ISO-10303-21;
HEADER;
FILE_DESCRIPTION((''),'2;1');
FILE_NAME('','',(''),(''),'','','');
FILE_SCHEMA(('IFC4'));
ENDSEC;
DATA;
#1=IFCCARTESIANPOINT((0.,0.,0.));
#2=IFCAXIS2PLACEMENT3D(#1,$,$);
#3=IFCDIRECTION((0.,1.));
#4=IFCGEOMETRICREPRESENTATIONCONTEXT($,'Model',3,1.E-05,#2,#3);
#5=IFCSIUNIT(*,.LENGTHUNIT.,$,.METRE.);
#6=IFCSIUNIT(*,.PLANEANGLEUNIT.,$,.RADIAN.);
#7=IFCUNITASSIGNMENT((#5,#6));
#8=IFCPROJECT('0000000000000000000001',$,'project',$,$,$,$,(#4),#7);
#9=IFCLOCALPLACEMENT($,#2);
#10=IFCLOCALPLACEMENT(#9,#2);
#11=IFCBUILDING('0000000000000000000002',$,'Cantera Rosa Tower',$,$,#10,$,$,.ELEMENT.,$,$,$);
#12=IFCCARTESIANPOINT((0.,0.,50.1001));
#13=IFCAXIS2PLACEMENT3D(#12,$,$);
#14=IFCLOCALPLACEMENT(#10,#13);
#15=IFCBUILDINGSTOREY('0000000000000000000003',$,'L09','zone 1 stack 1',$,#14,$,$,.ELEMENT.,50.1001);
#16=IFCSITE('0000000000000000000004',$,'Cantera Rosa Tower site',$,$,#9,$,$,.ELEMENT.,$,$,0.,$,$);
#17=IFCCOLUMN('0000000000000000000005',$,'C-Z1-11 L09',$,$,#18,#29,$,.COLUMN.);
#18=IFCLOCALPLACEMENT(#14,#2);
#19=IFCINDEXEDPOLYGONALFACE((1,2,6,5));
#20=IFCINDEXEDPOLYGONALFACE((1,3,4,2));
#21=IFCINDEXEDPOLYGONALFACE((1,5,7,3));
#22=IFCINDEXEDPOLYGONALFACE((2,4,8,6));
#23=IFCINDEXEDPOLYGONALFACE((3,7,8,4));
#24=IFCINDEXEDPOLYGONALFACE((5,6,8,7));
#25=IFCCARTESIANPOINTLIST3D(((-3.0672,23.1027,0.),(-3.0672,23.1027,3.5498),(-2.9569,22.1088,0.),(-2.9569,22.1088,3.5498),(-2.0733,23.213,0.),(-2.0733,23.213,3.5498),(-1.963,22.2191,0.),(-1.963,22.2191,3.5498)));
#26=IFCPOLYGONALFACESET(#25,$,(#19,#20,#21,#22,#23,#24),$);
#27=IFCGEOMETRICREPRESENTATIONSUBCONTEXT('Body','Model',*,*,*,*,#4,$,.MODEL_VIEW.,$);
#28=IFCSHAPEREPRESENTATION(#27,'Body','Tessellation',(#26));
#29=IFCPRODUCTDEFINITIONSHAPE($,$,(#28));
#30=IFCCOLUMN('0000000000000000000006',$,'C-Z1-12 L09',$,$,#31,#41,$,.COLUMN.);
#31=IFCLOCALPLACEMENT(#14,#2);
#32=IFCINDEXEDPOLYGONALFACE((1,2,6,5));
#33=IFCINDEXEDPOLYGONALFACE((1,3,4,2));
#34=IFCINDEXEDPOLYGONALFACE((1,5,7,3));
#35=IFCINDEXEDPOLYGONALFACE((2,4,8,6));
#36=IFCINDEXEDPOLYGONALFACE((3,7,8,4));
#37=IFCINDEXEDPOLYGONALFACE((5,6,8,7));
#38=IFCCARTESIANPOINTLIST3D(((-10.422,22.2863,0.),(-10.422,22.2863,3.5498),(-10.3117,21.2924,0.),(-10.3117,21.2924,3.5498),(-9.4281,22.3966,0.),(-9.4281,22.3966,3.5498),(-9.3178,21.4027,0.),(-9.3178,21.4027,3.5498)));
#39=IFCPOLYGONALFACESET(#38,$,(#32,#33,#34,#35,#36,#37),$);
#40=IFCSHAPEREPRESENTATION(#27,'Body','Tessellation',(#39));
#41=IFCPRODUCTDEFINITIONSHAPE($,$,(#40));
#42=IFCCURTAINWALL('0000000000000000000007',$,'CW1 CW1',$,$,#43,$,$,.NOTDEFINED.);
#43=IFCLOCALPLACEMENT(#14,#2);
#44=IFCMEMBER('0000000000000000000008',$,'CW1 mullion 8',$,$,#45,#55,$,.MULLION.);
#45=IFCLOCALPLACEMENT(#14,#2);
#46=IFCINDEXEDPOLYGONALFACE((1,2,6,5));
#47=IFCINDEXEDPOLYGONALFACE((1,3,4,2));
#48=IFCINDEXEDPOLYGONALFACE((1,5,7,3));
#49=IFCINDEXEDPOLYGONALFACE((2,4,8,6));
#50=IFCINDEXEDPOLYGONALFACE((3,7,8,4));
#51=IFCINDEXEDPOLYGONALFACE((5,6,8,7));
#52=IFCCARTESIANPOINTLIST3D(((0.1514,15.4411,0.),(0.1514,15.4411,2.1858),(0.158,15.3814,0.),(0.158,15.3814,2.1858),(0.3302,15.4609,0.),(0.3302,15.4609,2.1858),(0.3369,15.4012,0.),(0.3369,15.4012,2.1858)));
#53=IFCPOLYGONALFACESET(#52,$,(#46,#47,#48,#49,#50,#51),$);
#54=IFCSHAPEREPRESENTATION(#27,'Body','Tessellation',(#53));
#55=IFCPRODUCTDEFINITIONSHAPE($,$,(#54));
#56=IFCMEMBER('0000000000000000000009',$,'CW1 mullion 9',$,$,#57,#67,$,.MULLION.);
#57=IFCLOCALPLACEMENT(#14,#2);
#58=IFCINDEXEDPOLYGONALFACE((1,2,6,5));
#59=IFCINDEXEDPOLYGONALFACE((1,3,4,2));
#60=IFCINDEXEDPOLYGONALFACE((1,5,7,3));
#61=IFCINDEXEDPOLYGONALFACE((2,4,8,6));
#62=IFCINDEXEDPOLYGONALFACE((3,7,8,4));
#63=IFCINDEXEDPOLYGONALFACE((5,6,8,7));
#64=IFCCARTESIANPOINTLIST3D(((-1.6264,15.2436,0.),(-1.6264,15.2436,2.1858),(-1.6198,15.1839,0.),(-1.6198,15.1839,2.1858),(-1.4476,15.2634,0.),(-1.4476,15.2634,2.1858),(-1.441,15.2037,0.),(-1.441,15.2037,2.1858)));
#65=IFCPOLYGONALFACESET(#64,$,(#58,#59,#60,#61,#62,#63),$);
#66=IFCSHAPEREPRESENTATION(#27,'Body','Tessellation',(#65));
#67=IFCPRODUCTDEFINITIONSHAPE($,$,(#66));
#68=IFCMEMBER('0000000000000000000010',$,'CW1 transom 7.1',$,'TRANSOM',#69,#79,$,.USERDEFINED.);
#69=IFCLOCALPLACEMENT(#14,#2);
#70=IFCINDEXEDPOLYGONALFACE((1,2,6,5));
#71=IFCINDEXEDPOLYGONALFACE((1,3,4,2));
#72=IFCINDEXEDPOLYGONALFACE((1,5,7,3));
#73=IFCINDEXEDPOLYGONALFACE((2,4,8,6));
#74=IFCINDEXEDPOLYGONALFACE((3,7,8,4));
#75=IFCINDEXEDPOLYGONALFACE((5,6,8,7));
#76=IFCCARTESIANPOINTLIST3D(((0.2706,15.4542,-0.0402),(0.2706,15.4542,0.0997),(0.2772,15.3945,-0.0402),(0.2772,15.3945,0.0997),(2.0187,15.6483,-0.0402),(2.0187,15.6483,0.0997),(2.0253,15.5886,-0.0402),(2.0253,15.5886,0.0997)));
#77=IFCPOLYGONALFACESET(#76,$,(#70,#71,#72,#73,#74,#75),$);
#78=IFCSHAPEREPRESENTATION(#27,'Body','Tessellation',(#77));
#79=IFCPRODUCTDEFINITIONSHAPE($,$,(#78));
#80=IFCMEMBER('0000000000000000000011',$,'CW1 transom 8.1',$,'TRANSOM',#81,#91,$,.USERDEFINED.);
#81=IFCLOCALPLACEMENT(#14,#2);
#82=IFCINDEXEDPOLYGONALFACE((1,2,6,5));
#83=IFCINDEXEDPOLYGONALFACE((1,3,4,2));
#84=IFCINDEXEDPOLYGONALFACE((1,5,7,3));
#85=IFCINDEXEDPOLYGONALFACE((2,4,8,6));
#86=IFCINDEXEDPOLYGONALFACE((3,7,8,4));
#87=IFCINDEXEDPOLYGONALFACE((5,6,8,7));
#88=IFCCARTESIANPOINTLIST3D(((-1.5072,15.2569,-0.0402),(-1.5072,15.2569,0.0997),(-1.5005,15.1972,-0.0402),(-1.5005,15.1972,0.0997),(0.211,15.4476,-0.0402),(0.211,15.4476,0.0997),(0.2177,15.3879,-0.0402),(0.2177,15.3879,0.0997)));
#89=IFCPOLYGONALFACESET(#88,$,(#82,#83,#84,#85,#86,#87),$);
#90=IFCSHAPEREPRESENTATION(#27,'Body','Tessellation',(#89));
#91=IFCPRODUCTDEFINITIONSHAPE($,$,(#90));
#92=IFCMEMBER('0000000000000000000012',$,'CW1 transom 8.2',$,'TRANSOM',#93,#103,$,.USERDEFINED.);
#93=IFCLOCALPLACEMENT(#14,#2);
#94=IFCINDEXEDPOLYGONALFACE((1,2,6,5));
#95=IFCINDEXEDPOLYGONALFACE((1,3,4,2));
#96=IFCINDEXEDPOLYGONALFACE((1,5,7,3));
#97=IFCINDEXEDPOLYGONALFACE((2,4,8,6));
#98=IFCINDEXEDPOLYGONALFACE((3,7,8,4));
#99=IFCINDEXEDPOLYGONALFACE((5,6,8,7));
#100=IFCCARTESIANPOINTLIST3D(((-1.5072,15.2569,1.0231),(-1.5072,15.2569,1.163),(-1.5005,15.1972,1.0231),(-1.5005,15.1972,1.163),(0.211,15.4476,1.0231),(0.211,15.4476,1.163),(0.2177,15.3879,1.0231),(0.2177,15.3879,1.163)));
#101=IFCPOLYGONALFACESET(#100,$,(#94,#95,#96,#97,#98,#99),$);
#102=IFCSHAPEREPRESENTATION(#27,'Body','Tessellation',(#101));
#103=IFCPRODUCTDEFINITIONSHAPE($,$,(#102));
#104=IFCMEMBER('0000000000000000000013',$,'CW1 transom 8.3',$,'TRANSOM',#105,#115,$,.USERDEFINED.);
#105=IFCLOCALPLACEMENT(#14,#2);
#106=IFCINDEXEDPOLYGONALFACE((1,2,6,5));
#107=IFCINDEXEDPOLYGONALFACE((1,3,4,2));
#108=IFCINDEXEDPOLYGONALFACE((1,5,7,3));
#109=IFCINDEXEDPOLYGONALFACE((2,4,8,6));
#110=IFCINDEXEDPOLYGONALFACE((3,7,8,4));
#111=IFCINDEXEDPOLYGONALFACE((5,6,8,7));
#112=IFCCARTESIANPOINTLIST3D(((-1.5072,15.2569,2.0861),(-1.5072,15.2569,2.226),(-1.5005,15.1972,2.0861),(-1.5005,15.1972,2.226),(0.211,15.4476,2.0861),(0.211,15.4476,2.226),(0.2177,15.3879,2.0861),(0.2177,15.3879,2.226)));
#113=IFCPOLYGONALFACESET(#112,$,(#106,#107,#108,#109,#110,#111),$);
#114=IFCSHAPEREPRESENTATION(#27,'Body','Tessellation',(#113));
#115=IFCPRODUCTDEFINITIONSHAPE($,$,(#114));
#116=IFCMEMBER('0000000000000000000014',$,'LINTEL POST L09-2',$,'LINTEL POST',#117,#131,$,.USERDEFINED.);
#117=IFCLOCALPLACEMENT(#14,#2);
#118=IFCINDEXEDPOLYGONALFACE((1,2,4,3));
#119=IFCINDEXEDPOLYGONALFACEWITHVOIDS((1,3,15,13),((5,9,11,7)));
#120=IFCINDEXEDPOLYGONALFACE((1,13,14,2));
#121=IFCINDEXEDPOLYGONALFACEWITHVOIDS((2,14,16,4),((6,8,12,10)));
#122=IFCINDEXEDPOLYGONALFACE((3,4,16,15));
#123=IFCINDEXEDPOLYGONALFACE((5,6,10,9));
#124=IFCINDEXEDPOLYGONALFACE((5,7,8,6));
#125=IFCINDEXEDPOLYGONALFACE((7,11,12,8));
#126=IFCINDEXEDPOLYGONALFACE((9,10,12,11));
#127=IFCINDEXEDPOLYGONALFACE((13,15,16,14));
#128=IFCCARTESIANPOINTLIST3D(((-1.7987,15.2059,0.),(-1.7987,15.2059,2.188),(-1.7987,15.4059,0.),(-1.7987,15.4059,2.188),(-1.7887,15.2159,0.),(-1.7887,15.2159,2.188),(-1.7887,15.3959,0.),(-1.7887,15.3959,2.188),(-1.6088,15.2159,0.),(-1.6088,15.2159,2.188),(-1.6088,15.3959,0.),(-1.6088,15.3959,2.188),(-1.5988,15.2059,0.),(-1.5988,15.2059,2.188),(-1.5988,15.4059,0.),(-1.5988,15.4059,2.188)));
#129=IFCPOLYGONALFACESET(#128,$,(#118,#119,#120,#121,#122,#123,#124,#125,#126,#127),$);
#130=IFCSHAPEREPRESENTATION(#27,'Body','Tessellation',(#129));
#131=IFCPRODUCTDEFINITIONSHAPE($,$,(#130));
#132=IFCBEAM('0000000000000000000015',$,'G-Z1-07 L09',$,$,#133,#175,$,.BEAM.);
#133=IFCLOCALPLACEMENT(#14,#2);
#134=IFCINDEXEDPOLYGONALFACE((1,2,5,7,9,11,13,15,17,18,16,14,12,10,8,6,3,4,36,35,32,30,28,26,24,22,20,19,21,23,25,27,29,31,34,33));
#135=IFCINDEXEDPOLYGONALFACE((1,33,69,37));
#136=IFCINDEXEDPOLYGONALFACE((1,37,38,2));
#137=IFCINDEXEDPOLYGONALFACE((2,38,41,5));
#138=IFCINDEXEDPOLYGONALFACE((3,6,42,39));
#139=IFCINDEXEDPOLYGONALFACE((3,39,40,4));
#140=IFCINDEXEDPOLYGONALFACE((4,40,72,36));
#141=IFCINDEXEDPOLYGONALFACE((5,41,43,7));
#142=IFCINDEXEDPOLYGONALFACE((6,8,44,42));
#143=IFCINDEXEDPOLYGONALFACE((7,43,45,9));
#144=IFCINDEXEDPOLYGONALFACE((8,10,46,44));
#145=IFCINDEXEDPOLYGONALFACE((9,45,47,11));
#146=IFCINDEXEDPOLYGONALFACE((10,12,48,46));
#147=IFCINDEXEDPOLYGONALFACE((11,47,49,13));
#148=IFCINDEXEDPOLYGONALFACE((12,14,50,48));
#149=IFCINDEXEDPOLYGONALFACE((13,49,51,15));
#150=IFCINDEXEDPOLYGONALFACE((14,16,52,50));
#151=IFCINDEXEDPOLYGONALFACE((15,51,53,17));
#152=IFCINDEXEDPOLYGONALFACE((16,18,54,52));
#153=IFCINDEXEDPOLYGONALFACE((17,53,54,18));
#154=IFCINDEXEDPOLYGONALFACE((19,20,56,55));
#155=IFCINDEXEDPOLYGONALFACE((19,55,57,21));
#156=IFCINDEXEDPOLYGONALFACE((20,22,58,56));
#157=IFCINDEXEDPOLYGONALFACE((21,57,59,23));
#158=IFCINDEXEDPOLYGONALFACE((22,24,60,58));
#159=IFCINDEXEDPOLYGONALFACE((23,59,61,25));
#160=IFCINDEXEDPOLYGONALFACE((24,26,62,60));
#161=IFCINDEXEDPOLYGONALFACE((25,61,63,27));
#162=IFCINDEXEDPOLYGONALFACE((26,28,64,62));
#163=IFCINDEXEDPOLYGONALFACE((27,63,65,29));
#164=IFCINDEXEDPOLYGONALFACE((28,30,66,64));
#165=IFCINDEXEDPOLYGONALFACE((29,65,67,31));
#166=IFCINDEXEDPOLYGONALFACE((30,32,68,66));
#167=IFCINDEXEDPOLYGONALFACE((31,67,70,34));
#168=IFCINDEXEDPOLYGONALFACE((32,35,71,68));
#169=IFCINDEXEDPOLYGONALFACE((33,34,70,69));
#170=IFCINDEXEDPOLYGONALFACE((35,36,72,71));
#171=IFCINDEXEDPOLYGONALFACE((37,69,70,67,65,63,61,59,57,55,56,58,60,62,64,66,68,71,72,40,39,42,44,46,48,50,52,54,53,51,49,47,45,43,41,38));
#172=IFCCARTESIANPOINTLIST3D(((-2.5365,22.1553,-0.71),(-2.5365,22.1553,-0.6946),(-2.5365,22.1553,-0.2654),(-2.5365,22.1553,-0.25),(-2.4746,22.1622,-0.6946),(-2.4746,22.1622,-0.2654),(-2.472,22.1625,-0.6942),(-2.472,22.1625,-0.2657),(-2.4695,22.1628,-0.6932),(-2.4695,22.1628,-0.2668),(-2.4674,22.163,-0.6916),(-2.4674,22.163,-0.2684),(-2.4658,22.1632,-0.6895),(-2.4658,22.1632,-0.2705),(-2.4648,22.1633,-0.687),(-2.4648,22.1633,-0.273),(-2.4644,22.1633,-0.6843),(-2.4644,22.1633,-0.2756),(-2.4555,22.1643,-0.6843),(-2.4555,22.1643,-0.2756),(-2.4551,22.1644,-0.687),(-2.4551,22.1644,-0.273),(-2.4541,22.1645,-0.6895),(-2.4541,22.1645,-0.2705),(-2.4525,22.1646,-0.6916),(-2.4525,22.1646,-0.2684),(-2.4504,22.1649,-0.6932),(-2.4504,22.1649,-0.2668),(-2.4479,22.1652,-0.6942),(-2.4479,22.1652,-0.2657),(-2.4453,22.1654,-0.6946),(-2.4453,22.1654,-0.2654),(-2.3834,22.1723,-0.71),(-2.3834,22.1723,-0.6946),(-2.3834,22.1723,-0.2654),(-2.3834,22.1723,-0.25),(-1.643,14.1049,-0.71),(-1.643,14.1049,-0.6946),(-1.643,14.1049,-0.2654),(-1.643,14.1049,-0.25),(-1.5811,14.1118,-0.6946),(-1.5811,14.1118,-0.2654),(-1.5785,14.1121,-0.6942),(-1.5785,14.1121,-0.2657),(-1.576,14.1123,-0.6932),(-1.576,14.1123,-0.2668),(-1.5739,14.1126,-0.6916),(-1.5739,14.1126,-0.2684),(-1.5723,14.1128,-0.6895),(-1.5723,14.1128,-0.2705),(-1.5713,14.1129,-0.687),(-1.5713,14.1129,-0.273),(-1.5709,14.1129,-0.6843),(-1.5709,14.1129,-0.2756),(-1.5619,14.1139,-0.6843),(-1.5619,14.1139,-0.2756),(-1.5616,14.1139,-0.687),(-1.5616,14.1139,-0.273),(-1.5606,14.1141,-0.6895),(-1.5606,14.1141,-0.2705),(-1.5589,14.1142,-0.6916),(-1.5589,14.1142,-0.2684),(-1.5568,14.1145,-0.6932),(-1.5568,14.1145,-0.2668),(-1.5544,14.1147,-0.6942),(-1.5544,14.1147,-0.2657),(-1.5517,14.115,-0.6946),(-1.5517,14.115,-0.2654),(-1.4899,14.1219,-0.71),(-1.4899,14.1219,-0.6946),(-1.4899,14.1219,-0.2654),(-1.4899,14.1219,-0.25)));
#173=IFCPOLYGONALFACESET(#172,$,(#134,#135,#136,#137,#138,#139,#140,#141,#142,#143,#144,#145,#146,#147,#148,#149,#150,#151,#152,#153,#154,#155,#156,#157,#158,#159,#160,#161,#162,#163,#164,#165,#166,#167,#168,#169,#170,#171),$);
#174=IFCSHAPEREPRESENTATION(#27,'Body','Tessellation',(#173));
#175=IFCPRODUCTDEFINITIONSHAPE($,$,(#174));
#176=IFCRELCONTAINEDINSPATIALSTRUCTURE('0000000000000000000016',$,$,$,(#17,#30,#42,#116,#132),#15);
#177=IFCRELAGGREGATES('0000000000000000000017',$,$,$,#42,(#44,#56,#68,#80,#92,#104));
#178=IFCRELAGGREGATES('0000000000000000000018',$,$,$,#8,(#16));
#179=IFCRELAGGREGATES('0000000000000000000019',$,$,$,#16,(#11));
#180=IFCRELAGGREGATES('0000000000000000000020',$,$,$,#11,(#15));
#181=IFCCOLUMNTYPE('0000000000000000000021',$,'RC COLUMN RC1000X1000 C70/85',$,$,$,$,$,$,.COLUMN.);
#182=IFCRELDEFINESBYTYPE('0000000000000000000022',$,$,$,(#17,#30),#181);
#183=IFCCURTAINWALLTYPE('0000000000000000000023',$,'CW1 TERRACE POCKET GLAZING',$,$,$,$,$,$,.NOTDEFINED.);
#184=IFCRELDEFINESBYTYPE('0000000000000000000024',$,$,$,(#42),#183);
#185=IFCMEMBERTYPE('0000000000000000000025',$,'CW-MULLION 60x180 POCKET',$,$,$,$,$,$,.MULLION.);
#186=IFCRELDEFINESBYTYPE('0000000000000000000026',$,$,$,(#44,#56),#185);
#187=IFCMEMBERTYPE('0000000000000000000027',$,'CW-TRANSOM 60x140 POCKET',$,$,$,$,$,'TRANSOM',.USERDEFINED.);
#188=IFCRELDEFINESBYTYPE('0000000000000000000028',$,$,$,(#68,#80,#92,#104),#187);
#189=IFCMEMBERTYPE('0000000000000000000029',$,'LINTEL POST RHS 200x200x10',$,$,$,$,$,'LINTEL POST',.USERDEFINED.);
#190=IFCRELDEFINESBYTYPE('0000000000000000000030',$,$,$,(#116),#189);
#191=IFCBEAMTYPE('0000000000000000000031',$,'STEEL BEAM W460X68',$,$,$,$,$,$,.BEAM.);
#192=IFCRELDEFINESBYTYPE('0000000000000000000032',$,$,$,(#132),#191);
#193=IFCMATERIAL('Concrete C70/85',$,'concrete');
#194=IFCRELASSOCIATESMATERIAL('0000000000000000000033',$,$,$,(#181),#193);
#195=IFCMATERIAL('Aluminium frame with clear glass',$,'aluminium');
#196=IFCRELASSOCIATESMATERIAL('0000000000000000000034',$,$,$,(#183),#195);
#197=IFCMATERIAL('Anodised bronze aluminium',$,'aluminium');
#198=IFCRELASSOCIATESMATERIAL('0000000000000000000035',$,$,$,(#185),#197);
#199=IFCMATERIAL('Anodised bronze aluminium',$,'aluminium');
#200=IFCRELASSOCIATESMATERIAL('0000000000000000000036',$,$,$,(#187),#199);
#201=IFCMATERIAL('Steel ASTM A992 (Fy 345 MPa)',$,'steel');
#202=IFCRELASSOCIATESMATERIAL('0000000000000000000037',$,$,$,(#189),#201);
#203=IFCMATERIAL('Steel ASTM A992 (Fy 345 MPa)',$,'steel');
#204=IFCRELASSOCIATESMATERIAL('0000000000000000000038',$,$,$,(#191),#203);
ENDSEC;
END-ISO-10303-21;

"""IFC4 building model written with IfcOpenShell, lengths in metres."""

from ifc_helpers import new_model, si_unit, direction, frame, origin, origin_2d, place, context, subcontext, project, spatial, rectangle, hollow_rectangle, i_section, extrude, material, material_profile, profile_set, type_object, element, aggregate, save


model = new_model("IFC4")

# Units and contexts
model_context = context("Model", 3, precision=1e-05, world=origin(), true_north=direction((0.0, 1.0)))
body_context = subcontext(model_context, "Body", "Model", "MODEL_VIEW")
ifc_project = project(units=[si_unit("LENGTHUNIT", "METRE"), si_unit("PLANEANGLEUNIT", "RADIAN")], contexts=[model_context])

# Site, building, storey
site_placement = place(None, origin())
site = spatial("IfcSite", under=ifc_project, at=site_placement, Name="Cantera Rosa Tower site", CompositionType="ELEMENT", RefElevation=0.0)
building_placement = place(site_placement, origin())
building = spatial("IfcBuilding", under=site, at=building_placement, Name="Cantera Rosa Tower", CompositionType="ELEMENT")
storey_placement = place(building_placement, frame((0.0, 0.0, 50.1001)))
storey = spatial("IfcBuildingStorey", under=building, at=storey_placement, Name="L09", Description="zone 1 stack 1", CompositionType="ELEMENT", Elevation=50.1001)

# Columns
ifc_material_1 = material(Name="Concrete C70/85", Category="concrete")
ifc_material_profile_1 = material_profile(ifc_material_1, rectangle(XDim=1.0, YDim=1.0, at=origin_2d()), Name="RC COLUMN RC1000X1000 C70/85")
ifc_profile_set_1 = profile_set([ifc_material_profile_1], Name="Concrete C70/85")
column_type = type_object("IfcColumnType", Name="RC COLUMN RC1000X1000 C70/85", PredefinedType="COLUMN", material=ifc_profile_set_1)
for number, where, z_axis, x_axis, name in (
    (1, (-2.5151, 22.6609, 0.0), (0.0, 0.0, 1.0), (0.993897, 0.110313, 0.0), "C-Z1-11 L09"),
    (2, (-9.8699, 21.8445, 0.0), (0.0, 0.0, 1.0), (0.993897, 0.110313, 0.0), "C-Z1-12 L09"),
):
    element("IfcColumn", number, at=place(storey_placement, frame(where, z_axis=z_axis, x_axis=x_axis)), inside=storey, type_object=column_type, Name=name, PredefinedType="COLUMN", context=body_context, shape_type="SweptSolid", body=[
        extrude(rectangle(XDim=1.0, YDim=1.0, at=origin_2d()), origin(), (0.0, 0.0, 1.0), 3.5498),
    ])

# Curtain wall, members
ifc_material_2 = material(Name="Aluminium frame with clear glass", Category="aluminium")
curtain_wall_type = type_object("IfcCurtainWallType", Name="CW1 TERRACE POCKET GLAZING", PredefinedType="NOTDEFINED", material=ifc_material_2)
curtain_wall_placement = place(storey_placement, origin())
curtain_wall = element("IfcCurtainWall", 3, at=curtain_wall_placement, inside=storey, type_object=curtain_wall_type, Name="CW1 CW1", PredefinedType="NOTDEFINED")
ifc_material_3 = material(Name="Anodised bronze aluminium", Category="aluminium")
ifc_material_profile_2 = material_profile(ifc_material_3, rectangle(XDim=0.0601, YDim=0.1799, at=origin_2d()), Name="CW-MULLION 60x180 POCKET")
ifc_profile_set_2 = profile_set([ifc_material_profile_2], Name="Anodised bronze aluminium")
member_type_1 = type_object("IfcMemberType", Name="CW-MULLION 60x180 POCKET", PredefinedType="MULLION", material=ifc_profile_set_2)
member_1_placement = place(storey_placement, frame((0.2441, 15.4211, 0.0), z_axis=(0.0, 0.0, 1.0), x_axis=(0.110313, -0.993897, 0.0)))
member_1 = element("IfcMember", 4, at=member_1_placement, type_object=member_type_1, Name="CW1 mullion 8", PredefinedType="MULLION", context=body_context, shape_type="SweptSolid", body=[
    extrude(rectangle(XDim=0.0601, YDim=0.1799, at=origin_2d()), origin(), (0.0, 0.0, 1.0), 2.1858),
])
member_2_placement = place(storey_placement, frame((-1.5337, 15.2236, 0.0), z_axis=(0.0, 0.0, 1.0), x_axis=(0.110313, -0.993897, 0.0)))
member_2 = element("IfcMember", 5, at=member_2_placement, type_object=member_type_1, Name="CW1 mullion 9", PredefinedType="MULLION", context=body_context, shape_type="SweptSolid", body=[
    extrude(rectangle(XDim=0.0601, YDim=0.1799, at=origin_2d()), origin(), (0.0, 0.0, 1.0), 2.1858),
])
ifc_material_4 = material(Name="Anodised bronze aluminium", Category="aluminium")
ifc_material_profile_3 = material_profile(ifc_material_4, rectangle(XDim=0.0601, YDim=0.1399, at=origin_2d()), Name="CW-TRANSOM 60x140 POCKET")
ifc_profile_set_3 = profile_set([ifc_material_profile_3], Name="Anodised bronze aluminium")
member_type_2 = type_object("IfcMemberType", Name="CW-TRANSOM 60x140 POCKET", ElementType="TRANSOM", PredefinedType="USERDEFINED", material=ifc_profile_set_3)
member_3_placement = place(storey_placement, frame((2.022, 15.6184, 0.0298), z_axis=(-0.993892, -0.110355, 0.0), x_axis=(0.110355, -0.993892, 0.0)))
member_3 = element("IfcMember", 6, at=member_3_placement, type_object=member_type_2, Name="CW1 transom 7.1", ObjectType="TRANSOM", PredefinedType="USERDEFINED", context=body_context, shape_type="SweptSolid", body=[
    extrude(rectangle(XDim=0.0601, YDim=0.1399, at=origin_2d()), origin(), (0.0, 0.0, 1.0), 1.7588),
])
member_4_placement = place(storey_placement, frame((0.2144, 15.4177, 0.0298), z_axis=(-0.993899, -0.110292, 0.0), x_axis=(0.110292, -0.993899, 0.0)))
member_4 = element("IfcMember", 7, at=member_4_placement, type_object=member_type_2, Name="CW1 transom 8.1", ObjectType="TRANSOM", PredefinedType="USERDEFINED", context=body_context, shape_type="SweptSolid", body=[
    extrude(rectangle(XDim=0.0601, YDim=0.1399, at=origin_2d()), origin(), (0.0, 0.0, 1.0), 1.7288),
])
member_5_placement = place(storey_placement, frame((0.2144, 15.4177, 1.093), z_axis=(-0.993899, -0.110292, 0.0), x_axis=(0.110292, -0.993899, 0.0)))
member_5 = element("IfcMember", 8, at=member_5_placement, type_object=member_type_2, Name="CW1 transom 8.2", ObjectType="TRANSOM", PredefinedType="USERDEFINED", context=body_context, shape_type="SweptSolid", body=[
    extrude(rectangle(XDim=0.0601, YDim=0.1399, at=origin_2d()), origin(), (0.0, 0.0, 1.0), 1.7288),
])
member_6_placement = place(storey_placement, frame((0.2144, 15.4177, 2.156), z_axis=(-0.993899, -0.110292, 0.0), x_axis=(0.110292, -0.993899, 0.0)))
member_6 = element("IfcMember", 9, at=member_6_placement, type_object=member_type_2, Name="CW1 transom 8.3", ObjectType="TRANSOM", PredefinedType="USERDEFINED", context=body_context, shape_type="SweptSolid", body=[
    extrude(rectangle(XDim=0.0601, YDim=0.1399, at=origin_2d()), origin(), (0.0, 0.0, 1.0), 1.7288),
])

# Member
ifc_material_5 = material(Name="Steel ASTM A992 (Fy 345 MPa)", Category="steel")
ifc_material_profile_4 = material_profile(ifc_material_5, hollow_rectangle(XDim=0.2, YDim=0.2, WallThickness=0.01, at=origin_2d()), Name="LINTEL POST RHS 200x200x10")
ifc_profile_set_4 = profile_set([ifc_material_profile_4], Name="Steel ASTM A992 (Fy 345 MPa)")
member_type_3 = type_object("IfcMemberType", Name="LINTEL POST RHS 200x200x10", ElementType="LINTEL POST", PredefinedType="USERDEFINED", material=ifc_profile_set_4)
member_7_placement = place(storey_placement, frame((-1.6987, 15.3059, 0.0), z_axis=(0.0, 0.0, 1.0), x_axis=(1.0, 0.0, 0.0)))
element("IfcMember", 10, at=member_7_placement, inside=storey, type_object=member_type_3, Name="LINTEL POST L09-2", ObjectType="LINTEL POST", PredefinedType="USERDEFINED", context=body_context, shape_type="SweptSolid", body=[
    extrude(hollow_rectangle(XDim=0.2, YDim=0.2, WallThickness=0.01, at=origin_2d()), origin(), (0.0, 0.0, 1.0), 2.188),
])

# Beam
ifc_material_6 = material(Name="Steel ASTM A992 (Fy 345 MPa)", Category="steel")
ifc_material_profile_5 = material_profile(ifc_material_6, i_section(OverallWidth=0.1541, OverallDepth=0.46, WebThickness=0.009, FlangeThickness=0.0154, FilletRadius=0.0103, at=origin_2d()), Name="W460X68")
ifc_profile_set_5 = profile_set([ifc_material_profile_5], Name="Steel ASTM A992 (Fy 345 MPa)")
beam_type_1 = type_object("IfcBeamType", Name="STEEL BEAM W460X68", PredefinedType="BEAM", material=ifc_profile_set_5)
beam_1_placement = place(storey_placement, frame((-2.46, 22.1638, -0.48), z_axis=(0.110316, -0.993897, 0.0), x_axis=(0.993897, 0.110316, 0.0)))
element("IfcBeam", 11, at=beam_1_placement, inside=storey, type_object=beam_type_1, Name="G-Z1-07 L09", PredefinedType="BEAM", context=body_context, shape_type="SweptSolid", body=[
    extrude(i_section(OverallWidth=0.1541, OverallDepth=0.46, WebThickness=0.009, FlangeThickness=0.0154, FilletRadius=0.0103, at=origin_2d()), origin(), (0.0, 0.0, 1.0), 8.0999),
])

aggregate(curtain_wall, [member_1, member_2, member_3, member_4, member_5, member_6])

save(model, "model.ifc")
